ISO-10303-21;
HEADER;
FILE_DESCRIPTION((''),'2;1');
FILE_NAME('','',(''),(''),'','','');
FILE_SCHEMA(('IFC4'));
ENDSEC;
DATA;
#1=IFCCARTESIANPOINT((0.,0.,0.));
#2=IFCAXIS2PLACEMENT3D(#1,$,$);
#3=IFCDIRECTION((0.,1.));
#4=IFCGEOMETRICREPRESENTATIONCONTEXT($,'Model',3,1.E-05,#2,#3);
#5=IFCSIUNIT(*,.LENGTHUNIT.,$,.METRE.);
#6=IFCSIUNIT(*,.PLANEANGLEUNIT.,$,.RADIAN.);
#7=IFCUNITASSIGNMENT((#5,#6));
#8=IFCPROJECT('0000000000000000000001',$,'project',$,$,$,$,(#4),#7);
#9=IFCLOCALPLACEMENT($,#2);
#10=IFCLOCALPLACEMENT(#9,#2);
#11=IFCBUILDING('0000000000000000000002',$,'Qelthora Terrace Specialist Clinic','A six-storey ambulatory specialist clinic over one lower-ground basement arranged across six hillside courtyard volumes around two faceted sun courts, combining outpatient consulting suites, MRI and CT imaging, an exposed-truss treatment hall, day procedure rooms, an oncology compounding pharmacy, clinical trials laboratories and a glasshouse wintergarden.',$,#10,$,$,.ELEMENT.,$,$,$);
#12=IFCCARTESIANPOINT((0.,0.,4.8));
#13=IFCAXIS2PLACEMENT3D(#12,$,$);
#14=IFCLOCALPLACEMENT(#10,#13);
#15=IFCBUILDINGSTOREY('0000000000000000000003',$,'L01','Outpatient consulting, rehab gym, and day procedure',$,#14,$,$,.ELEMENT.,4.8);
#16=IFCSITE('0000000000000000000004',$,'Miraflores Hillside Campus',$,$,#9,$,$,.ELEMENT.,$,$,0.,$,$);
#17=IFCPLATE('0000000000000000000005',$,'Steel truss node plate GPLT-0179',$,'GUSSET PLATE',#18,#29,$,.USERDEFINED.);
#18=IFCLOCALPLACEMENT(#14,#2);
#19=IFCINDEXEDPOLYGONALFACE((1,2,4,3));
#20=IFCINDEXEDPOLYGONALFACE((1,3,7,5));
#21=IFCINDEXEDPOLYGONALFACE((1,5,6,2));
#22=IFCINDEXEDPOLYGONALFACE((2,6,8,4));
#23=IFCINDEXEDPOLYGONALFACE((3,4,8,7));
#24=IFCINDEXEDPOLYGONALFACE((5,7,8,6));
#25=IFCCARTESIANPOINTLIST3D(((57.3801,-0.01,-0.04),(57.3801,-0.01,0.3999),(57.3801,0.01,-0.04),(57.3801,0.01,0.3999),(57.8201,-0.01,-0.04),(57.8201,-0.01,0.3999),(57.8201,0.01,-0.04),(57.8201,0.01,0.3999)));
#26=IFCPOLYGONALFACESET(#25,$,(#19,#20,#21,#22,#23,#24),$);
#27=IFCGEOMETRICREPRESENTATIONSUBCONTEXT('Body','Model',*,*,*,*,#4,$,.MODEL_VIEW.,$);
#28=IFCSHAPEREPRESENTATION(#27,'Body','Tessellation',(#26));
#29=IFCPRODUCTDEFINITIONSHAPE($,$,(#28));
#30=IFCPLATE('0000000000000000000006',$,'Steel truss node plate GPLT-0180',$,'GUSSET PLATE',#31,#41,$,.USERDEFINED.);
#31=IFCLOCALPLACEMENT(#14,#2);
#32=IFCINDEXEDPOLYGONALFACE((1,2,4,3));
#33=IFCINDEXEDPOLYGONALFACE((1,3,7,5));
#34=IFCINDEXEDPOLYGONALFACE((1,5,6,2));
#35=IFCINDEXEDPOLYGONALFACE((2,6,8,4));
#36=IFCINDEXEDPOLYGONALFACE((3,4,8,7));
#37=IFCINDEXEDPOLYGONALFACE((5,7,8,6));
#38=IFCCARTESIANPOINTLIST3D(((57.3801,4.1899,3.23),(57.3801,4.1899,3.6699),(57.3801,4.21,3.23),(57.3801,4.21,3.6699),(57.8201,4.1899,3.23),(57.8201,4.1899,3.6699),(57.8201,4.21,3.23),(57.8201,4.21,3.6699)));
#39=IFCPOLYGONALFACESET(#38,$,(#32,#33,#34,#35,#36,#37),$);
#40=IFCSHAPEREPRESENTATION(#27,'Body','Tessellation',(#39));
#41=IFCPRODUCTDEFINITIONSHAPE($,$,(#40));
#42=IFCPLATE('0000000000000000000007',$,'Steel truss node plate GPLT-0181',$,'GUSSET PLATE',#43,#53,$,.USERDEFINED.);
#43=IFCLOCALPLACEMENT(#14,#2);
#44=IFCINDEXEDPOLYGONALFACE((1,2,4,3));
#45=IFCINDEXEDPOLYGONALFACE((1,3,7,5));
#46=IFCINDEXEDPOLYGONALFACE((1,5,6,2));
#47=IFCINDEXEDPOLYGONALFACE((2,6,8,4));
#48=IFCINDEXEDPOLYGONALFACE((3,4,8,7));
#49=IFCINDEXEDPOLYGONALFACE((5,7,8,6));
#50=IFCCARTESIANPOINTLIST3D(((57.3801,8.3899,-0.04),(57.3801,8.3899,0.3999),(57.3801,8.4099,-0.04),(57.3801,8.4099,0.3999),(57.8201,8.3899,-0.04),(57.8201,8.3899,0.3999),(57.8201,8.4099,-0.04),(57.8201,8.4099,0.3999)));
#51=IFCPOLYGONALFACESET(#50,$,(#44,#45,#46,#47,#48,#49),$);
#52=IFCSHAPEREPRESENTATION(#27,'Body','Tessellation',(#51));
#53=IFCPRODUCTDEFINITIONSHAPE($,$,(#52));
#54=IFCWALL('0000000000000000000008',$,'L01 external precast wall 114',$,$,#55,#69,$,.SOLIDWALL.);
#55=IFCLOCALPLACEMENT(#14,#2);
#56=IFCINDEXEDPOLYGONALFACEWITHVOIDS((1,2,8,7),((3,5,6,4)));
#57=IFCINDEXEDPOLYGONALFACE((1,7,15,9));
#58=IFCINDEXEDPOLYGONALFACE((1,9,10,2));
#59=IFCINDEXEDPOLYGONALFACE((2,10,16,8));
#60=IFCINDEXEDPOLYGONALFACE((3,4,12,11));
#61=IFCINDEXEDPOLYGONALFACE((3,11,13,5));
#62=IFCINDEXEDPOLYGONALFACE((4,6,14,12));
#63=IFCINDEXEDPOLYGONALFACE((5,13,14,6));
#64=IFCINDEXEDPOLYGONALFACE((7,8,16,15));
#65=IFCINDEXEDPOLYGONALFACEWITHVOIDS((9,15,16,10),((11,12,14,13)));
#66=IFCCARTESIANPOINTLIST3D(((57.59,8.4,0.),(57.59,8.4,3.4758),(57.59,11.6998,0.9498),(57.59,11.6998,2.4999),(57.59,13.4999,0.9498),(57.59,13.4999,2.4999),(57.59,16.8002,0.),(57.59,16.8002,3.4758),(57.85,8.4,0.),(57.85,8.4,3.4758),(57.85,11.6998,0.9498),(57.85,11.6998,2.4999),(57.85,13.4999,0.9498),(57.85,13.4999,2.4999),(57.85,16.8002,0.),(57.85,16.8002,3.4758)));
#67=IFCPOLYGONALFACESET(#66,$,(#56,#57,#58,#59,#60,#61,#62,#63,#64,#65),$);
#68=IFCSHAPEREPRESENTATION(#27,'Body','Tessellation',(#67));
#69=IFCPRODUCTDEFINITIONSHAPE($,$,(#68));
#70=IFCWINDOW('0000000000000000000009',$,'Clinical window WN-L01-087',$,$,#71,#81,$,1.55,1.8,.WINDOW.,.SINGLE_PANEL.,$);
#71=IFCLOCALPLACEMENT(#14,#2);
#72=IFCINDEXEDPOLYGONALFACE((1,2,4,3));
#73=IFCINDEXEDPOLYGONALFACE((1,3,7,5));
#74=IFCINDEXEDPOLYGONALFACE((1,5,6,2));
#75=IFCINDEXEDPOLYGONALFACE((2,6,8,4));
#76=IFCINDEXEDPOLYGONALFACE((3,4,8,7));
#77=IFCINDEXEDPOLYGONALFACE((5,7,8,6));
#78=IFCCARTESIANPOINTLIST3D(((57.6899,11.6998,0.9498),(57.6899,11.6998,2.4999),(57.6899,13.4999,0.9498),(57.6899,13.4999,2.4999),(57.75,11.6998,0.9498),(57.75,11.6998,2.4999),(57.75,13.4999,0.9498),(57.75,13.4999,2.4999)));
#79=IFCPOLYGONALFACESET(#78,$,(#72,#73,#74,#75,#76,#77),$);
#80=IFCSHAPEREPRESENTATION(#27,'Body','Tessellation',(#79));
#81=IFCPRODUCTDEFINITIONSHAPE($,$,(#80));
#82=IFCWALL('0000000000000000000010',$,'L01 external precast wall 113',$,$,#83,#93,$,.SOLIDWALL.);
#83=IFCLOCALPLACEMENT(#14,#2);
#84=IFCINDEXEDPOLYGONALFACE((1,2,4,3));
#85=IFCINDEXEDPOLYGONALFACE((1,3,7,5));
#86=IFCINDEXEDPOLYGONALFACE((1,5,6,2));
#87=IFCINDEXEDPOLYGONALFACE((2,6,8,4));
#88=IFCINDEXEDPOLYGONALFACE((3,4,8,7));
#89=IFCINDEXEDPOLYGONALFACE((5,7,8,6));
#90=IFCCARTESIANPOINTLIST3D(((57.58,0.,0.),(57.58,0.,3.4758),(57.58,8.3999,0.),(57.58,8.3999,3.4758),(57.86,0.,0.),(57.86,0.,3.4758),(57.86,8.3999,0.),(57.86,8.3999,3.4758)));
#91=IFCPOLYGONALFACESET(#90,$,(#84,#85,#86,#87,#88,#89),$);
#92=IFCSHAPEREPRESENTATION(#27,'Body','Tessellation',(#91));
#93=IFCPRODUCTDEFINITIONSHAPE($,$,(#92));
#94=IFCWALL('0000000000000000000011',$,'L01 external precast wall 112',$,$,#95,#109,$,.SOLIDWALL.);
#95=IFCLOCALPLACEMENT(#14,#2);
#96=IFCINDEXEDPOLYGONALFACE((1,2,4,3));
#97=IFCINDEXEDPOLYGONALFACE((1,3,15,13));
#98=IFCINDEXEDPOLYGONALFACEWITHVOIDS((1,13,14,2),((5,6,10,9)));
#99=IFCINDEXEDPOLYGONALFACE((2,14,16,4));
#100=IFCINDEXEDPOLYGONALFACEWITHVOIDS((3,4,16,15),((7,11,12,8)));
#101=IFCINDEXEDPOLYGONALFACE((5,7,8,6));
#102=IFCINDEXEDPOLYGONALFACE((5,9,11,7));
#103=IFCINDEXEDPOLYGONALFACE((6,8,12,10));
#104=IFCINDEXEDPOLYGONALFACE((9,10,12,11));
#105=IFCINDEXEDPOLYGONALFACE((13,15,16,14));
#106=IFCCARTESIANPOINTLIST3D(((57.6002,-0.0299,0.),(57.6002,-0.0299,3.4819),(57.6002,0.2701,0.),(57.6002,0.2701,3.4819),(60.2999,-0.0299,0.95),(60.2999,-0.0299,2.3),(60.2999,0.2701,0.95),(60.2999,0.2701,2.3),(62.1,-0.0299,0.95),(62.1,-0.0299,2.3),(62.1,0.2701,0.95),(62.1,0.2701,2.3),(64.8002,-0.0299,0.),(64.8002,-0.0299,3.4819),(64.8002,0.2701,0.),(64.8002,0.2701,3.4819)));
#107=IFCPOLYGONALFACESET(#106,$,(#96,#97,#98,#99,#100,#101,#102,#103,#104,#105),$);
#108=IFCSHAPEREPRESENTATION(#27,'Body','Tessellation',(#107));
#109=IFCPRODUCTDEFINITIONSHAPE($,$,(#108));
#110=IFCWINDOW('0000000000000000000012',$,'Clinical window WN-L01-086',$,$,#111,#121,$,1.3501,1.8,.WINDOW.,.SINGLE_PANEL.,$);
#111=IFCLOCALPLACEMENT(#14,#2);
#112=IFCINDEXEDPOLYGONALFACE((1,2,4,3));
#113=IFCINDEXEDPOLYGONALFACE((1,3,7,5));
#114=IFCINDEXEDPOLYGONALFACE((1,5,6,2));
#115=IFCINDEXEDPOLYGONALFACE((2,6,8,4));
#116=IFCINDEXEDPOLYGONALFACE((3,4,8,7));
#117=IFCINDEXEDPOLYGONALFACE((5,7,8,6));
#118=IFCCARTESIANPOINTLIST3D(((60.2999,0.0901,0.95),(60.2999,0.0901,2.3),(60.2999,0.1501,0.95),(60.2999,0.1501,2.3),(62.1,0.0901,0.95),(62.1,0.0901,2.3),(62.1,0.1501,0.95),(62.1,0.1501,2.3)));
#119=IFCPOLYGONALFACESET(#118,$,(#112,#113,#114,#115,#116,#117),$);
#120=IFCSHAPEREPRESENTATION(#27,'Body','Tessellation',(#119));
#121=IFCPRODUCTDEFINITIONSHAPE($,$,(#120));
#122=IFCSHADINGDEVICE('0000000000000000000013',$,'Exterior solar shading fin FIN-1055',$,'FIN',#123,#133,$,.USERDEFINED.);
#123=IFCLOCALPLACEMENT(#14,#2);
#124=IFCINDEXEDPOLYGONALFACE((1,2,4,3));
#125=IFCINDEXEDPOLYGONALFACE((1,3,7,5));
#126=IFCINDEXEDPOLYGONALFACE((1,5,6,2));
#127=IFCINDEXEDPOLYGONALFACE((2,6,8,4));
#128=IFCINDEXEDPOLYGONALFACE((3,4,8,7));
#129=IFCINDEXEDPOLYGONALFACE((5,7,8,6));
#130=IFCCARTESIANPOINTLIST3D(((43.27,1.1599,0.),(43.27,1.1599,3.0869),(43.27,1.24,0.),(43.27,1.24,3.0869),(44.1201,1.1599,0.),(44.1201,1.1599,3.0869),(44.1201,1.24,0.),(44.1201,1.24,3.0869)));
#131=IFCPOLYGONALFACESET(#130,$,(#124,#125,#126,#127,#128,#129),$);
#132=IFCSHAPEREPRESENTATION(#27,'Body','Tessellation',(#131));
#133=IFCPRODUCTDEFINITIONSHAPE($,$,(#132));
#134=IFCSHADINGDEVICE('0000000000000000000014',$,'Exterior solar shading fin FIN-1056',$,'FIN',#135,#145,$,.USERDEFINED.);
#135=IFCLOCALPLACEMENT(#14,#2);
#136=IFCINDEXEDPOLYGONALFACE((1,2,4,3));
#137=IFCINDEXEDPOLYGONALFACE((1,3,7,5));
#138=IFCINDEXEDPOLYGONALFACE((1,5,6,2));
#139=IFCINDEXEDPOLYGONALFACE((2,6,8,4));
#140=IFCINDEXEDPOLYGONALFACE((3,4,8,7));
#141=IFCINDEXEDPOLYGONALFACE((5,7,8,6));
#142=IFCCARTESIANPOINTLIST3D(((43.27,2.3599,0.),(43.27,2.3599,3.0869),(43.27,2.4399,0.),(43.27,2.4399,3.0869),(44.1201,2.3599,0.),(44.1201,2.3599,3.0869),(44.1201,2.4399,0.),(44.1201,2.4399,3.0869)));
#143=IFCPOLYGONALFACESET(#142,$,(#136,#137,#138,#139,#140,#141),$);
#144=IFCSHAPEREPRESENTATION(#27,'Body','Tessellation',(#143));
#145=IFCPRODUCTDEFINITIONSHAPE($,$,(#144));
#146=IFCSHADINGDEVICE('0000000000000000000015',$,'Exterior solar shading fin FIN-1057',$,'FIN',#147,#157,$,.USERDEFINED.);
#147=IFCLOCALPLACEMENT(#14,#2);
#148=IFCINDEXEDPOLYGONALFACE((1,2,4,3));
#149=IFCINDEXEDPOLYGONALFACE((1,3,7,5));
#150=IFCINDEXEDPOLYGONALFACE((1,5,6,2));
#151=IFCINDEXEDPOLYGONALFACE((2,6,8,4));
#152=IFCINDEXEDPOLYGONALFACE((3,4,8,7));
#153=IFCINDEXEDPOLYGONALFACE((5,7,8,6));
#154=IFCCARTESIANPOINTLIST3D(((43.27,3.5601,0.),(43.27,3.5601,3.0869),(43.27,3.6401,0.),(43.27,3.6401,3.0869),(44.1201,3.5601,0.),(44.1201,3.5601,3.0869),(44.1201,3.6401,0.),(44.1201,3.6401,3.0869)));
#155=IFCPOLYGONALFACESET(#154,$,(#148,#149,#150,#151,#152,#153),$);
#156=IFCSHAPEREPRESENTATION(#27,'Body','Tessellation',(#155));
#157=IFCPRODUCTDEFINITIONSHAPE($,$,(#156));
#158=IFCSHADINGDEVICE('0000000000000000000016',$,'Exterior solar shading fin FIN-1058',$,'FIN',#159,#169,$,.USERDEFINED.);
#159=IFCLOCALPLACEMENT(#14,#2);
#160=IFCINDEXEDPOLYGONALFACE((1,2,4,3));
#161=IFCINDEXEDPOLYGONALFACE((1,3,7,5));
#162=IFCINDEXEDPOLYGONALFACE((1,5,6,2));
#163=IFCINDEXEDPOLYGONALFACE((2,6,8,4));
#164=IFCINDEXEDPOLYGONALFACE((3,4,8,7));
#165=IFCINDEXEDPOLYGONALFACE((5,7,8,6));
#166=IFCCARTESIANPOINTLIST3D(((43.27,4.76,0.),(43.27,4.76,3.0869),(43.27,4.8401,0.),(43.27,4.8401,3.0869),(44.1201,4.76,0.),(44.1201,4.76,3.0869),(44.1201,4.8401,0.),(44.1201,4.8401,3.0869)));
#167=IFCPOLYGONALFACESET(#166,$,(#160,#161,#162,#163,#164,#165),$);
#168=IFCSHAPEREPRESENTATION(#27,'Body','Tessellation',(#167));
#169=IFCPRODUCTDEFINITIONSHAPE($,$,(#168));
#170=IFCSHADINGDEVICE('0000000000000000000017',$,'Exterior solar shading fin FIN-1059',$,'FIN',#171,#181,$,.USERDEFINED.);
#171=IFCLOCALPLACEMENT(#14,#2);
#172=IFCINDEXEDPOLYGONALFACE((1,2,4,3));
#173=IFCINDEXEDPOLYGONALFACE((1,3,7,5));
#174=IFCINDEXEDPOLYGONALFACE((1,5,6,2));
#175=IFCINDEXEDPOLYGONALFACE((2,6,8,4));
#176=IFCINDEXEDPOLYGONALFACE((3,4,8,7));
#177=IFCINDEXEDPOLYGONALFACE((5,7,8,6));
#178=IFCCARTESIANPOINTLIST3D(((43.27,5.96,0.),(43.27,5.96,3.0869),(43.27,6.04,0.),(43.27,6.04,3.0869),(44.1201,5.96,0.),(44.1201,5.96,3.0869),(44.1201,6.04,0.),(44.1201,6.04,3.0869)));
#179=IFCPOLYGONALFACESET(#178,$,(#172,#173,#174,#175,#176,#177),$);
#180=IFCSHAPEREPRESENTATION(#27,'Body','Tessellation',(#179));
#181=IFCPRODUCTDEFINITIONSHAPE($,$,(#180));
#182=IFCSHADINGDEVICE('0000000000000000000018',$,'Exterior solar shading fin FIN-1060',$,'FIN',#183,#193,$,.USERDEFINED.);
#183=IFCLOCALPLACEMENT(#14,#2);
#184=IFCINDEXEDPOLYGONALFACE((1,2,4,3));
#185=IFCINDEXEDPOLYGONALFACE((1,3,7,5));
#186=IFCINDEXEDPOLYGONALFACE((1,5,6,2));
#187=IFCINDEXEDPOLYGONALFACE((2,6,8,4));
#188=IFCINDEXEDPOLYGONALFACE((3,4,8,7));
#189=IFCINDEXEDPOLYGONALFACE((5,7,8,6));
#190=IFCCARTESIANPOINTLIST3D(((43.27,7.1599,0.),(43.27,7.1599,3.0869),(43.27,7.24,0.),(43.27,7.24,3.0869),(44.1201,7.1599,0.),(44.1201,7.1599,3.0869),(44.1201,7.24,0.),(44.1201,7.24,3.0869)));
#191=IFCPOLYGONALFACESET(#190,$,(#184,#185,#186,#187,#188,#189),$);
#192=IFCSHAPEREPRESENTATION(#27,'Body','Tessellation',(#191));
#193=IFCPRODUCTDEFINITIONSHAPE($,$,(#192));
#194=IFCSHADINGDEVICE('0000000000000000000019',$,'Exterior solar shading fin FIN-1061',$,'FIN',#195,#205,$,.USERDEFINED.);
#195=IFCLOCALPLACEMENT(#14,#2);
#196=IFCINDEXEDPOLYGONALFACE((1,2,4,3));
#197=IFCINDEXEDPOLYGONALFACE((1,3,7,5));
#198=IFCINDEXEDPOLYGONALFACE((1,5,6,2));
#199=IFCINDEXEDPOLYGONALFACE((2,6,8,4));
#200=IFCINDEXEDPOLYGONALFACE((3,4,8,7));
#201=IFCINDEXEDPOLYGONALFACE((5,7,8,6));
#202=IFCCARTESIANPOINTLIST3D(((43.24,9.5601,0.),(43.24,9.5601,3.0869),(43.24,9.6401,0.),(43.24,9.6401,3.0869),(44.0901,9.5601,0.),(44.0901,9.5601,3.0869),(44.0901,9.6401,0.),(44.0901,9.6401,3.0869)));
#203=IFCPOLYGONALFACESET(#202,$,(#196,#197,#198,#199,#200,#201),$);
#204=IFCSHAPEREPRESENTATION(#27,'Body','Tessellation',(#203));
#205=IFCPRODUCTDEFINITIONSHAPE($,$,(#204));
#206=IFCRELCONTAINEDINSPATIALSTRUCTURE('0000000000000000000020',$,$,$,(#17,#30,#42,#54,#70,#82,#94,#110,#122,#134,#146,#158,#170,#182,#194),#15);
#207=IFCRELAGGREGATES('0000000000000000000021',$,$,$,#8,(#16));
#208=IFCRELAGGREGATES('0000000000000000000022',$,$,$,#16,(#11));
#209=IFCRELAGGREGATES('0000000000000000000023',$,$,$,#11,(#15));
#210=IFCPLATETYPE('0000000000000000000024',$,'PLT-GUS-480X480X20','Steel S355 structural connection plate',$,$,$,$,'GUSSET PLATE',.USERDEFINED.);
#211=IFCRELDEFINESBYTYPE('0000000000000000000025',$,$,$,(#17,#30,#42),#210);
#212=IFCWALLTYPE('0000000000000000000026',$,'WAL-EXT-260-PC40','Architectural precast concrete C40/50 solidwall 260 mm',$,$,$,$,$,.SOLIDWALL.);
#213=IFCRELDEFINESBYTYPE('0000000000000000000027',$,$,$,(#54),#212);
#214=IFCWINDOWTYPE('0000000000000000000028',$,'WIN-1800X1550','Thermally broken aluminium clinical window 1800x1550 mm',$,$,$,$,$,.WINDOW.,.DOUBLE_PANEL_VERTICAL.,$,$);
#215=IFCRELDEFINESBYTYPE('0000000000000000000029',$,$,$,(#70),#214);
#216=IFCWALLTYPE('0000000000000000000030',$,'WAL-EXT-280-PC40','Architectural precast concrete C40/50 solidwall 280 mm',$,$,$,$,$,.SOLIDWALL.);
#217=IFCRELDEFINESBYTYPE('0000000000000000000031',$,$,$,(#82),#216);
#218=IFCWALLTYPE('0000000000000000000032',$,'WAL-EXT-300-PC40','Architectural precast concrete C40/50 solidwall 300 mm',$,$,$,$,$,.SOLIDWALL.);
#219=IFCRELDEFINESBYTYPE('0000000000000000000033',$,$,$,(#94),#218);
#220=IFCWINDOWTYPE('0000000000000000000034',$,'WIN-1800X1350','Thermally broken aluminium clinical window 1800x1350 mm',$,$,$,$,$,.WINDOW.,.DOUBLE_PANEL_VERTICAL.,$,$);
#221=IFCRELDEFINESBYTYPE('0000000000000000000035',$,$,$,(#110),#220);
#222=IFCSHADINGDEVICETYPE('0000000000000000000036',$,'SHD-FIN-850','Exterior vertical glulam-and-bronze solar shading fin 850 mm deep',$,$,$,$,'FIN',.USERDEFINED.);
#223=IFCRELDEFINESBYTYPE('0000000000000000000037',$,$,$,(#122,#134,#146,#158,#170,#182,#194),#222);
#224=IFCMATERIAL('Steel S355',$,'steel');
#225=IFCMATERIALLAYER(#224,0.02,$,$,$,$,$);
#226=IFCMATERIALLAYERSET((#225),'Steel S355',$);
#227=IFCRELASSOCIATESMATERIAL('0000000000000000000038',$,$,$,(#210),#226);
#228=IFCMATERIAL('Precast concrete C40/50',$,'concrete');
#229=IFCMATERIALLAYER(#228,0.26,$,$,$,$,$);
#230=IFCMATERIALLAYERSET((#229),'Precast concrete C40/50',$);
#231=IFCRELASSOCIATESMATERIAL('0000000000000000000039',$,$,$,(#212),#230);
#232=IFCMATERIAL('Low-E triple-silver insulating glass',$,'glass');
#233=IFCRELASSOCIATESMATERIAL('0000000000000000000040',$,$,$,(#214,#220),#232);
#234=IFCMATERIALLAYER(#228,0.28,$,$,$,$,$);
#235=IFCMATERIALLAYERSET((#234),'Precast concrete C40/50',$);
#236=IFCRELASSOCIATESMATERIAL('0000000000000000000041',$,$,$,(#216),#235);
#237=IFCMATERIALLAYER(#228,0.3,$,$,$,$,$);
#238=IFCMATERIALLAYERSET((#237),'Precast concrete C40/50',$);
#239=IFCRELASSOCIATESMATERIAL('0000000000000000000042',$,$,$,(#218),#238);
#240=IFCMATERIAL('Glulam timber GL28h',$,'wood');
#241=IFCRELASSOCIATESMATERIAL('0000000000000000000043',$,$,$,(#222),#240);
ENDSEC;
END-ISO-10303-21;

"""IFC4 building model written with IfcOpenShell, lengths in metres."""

from ifc_helpers import new_model, si_unit, direction, frame, frame_2d, origin, origin_2d, place, context, subcontext, project, spatial, rectangle, extrude, material, layer, layer_set, type_object, element, fill, save


model = new_model("IFC4")

# Units and contexts
model_context = context("Model", 3, precision=1e-05, world=origin(), true_north=direction((0.0, 1.0)))
body_context = subcontext(model_context, "Body", "Model", "MODEL_VIEW")
ifc_project = project(units=[si_unit("LENGTHUNIT", "METRE"), si_unit("PLANEANGLEUNIT", "RADIAN")], contexts=[model_context])

# Site, building, storey
site_placement = place(None, origin())
site = spatial("IfcSite", under=ifc_project, at=site_placement, Name="Miraflores Hillside Campus", CompositionType="ELEMENT", RefElevation=0.0)
building_placement = place(site_placement, origin())
building = spatial("IfcBuilding", under=site, at=building_placement, Name="Qelthora Terrace Specialist Clinic", Description="A six-storey ambulatory specialist clinic over one lower-ground basement arranged across six hillside courtyard volumes around two faceted sun courts, combining outpatient consulting suites, MRI and CT imaging, an exposed-truss treatment hall, day procedure rooms, an oncology compounding pharmacy, clinical trials laboratories and a glasshouse wintergarden.", CompositionType="ELEMENT")
storey_placement = place(building_placement, frame((0.0, 0.0, 4.8)))
storey = spatial("IfcBuildingStorey", under=building, at=storey_placement, Name="L01", Description="Outpatient consulting, rehab gym, and day procedure", CompositionType="ELEMENT", Elevation=4.8)

# Shared definitions
ifc_material_1 = material(Name="Steel S355", Category="steel")

# Plates
ifc_layer_1 = layer(ifc_material_1, 0.02)
ifc_layer_set_1 = layer_set([ifc_layer_1], Name="Steel S355")
plate_type = type_object("IfcPlateType", Name="PLT-GUS-480X480X20", Description="Steel S355 structural connection plate", ElementType="GUSSET PLATE", PredefinedType="USERDEFINED", material=ifc_layer_set_1)
for number, where, z_axis, x_axis, name in (
    (1, (57.6001, 0.0, -0.04), (0.0, 0.0, 1.0), (1.0, 0.0, 0.0), "Steel truss node plate GPLT-0179"),
    (2, (57.6001, 4.2, 3.23), (0.0, 0.0, 1.0), (1.0, 0.0, 0.0), "Steel truss node plate GPLT-0180"),
    (3, (57.6001, 8.3999, -0.04), (0.0, 0.0, 1.0), (1.0, 0.0, 0.0), "Steel truss node plate GPLT-0181"),
):
    element("IfcPlate", number, at=place(storey_placement, frame(where, z_axis=z_axis, x_axis=x_axis)), inside=storey, type_object=plate_type, Name=name, ObjectType="GUSSET PLATE", PredefinedType="USERDEFINED", context=body_context, shape_type="SweptSolid", body=[
        extrude(rectangle(XDim=0.4399, YDim=0.02, at=origin_2d()), origin(), (0.0, 0.0, 1.0), 0.4399),
    ])

# Wall, opening, window
ifc_material_2 = material(Name="Precast concrete C40/50", Category="concrete")
ifc_layer_2 = layer(ifc_material_2, 0.26)
ifc_layer_set_2 = layer_set([ifc_layer_2], Name="Precast concrete C40/50")
wall_type_1 = type_object("IfcWallType", Name="WAL-EXT-260-PC40", Description="Architectural precast concrete C40/50 solidwall 260 mm", PredefinedType="SOLIDWALL", material=ifc_layer_set_2)
wall_1_placement = place(storey_placement, frame((57.72, 8.3999, 0.0), z_axis=(0.0, 0.0, 1.0), x_axis=(0.0, 1.0, 0.0)))
wall_1 = element("IfcWall", 4, at=wall_1_placement, inside=storey, type_object=wall_type_1, Name="L01 external precast wall 114", PredefinedType="SOLIDWALL", context=body_context, shape_type="SweptSolid", body=[
    extrude(rectangle(XDim=8.4001, YDim=0.26, at=frame_2d((4.2002, 0.0))), origin(), (0.0, 0.0, 1.0), 3.4758),
])
opening_1_placement = place(wall_1_placement, frame((3.3, 0.0, 0.95)))
opening_1 = element("IfcOpeningElement", 5, at=opening_1_placement, cuts=wall_1, PredefinedType="OPENING", context=body_context, shape_type="SweptSolid", body=[
    extrude(rectangle(XDim=1.8, YDim=1.55, at=frame_2d((0.8999, 0.7749))), frame((0.0, 0.1399, 0.0), z_axis=(0.0, -1.0, 0.0), x_axis=(1.0, 0.0, 0.0)), (0.0, 0.0, 1.0), 0.28),
])
ifc_material_3 = material(Name="Low-E triple-silver insulating glass", Category="glass")
window_type_1 = type_object("IfcWindowType", Name="WIN-1800X1550", Description="Thermally broken aluminium clinical window 1800x1550 mm", PartitioningType="DOUBLE_PANEL_VERTICAL", PredefinedType="WINDOW", material=ifc_material_3)
window_1_placement = place(opening_1_placement, origin())
window_1 = element("IfcWindow", 6, at=window_1_placement, inside=storey, type_object=window_type_1, Name="Clinical window WN-L01-087", OverallHeight=1.55, OverallWidth=1.8, PartitioningType="SINGLE_PANEL", PredefinedType="WINDOW", context=body_context, shape_type="SweptSolid", body=[
    extrude(rectangle(XDim=1.8, YDim=1.55, at=frame_2d((0.8999, 0.7749))), frame((0.0, 0.03, 0.0), z_axis=(0.0, -1.0, 0.0), x_axis=(1.0, 0.0, 0.0)), (0.0, 0.0, 1.0), 0.0601),
])
fill(opening_1, window_1)

# Wall
ifc_layer_3 = layer(ifc_material_2, 0.28)
ifc_layer_set_3 = layer_set([ifc_layer_3], Name="Precast concrete C40/50")
wall_type_2 = type_object("IfcWallType", Name="WAL-EXT-280-PC40", Description="Architectural precast concrete C40/50 solidwall 280 mm", PredefinedType="SOLIDWALL", material=ifc_layer_set_3)
wall_2_placement = place(storey_placement, frame((57.72, 0.0, 0.0), z_axis=(0.0, 0.0, 1.0), x_axis=(0.0, 1.0, 0.0)))
element("IfcWall", 7, at=wall_2_placement, inside=storey, type_object=wall_type_2, Name="L01 external precast wall 113", PredefinedType="SOLIDWALL", context=body_context, shape_type="SweptSolid", body=[
    extrude(rectangle(XDim=8.3999, YDim=0.28, at=frame_2d((4.2, 0.0))), origin(), (0.0, 0.0, 1.0), 3.4758),
])

# Wall, opening, window
ifc_layer_4 = layer(ifc_material_2, 0.3)
ifc_layer_set_4 = layer_set([ifc_layer_4], Name="Precast concrete C40/50")
wall_type_3 = type_object("IfcWallType", Name="WAL-EXT-300-PC40", Description="Architectural precast concrete C40/50 solidwall 300 mm", PredefinedType="SOLIDWALL", material=ifc_layer_set_4)
wall_3_placement = place(storey_placement, frame((57.6001, 0.1201, 0.0), z_axis=(0.0, 0.0, 1.0), x_axis=(1.0, 0.0, 0.0)))
wall_3 = element("IfcWall", 8, at=wall_3_placement, inside=storey, type_object=wall_type_3, Name="L01 external precast wall 112", PredefinedType="SOLIDWALL", context=body_context, shape_type="SweptSolid", body=[
    extrude(rectangle(XDim=7.2, YDim=0.3, at=frame_2d((3.6001, 0.0))), origin(), (0.0, 0.0, 1.0), 3.4819),
])
opening_2_placement = place(wall_3_placement, frame((2.7, 0.0, 0.95)))
opening_2 = element("IfcOpeningElement", 9, at=opening_2_placement, cuts=wall_3, PredefinedType="OPENING", context=body_context, shape_type="SweptSolid", body=[
    extrude(rectangle(XDim=1.8, YDim=1.3501, at=frame_2d((0.8999, 0.675))), frame((0.0, 0.1599, 0.0), z_axis=(0.0, -1.0, 0.0), x_axis=(1.0, 0.0, 0.0)), (0.0, 0.0, 1.0), 0.3201),
])
window_type_2 = type_object("IfcWindowType", Name="WIN-1800X1350", Description="Thermally broken aluminium clinical window 1800x1350 mm", PartitioningType="DOUBLE_PANEL_VERTICAL", PredefinedType="WINDOW", material=ifc_material_3)
window_2_placement = place(opening_2_placement, origin())
window_2 = element("IfcWindow", 10, at=window_2_placement, inside=storey, type_object=window_type_2, Name="Clinical window WN-L01-086", OverallHeight=1.3501, OverallWidth=1.8, PartitioningType="SINGLE_PANEL", PredefinedType="WINDOW", context=body_context, shape_type="SweptSolid", body=[
    extrude(rectangle(XDim=1.8, YDim=1.3501, at=frame_2d((0.8999, 0.675))), frame((0.0, 0.03, 0.0), z_axis=(0.0, -1.0, 0.0), x_axis=(1.0, 0.0, 0.0)), (0.0, 0.0, 1.0), 0.0601),
])
fill(opening_2, window_2)

# Shading devices
ifc_material_4 = material(Name="Glulam timber GL28h", Category="wood")
shading_device_type = type_object("IfcShadingDeviceType", Name="SHD-FIN-850", Description="Exterior vertical glulam-and-bronze solar shading fin 850 mm deep", ElementType="FIN", PredefinedType="USERDEFINED", material=ifc_material_4)
for number, where, z_axis, x_axis, name in (
    (11, (43.6951, 1.2, 0.0), (0.0, 0.0, 1.0), (1.0, 0.0, 0.0), "Exterior solar shading fin FIN-1055"),
    (12, (43.6951, 2.3999, 0.0), (0.0, 0.0, 1.0), (1.0, 0.0, 0.0), "Exterior solar shading fin FIN-1056"),
    (13, (43.6951, 3.6001, 0.0), (0.0, 0.0, 1.0), (1.0, 0.0, 0.0), "Exterior solar shading fin FIN-1057"),
    (14, (43.6951, 4.8, 0.0), (0.0, 0.0, 1.0), (1.0, 0.0, 0.0), "Exterior solar shading fin FIN-1058"),
    (15, (43.6951, 6.0, 0.0), (0.0, 0.0, 1.0), (1.0, 0.0, 0.0), "Exterior solar shading fin FIN-1059"),
    (16, (43.6951, 7.2, 0.0), (0.0, 0.0, 1.0), (1.0, 0.0, 0.0), "Exterior solar shading fin FIN-1060"),
    (17, (43.665, 9.6001, 0.0), (0.0, 0.0, 1.0), (1.0, 0.0, 0.0), "Exterior solar shading fin FIN-1061"),
):
    element("IfcShadingDevice", number, at=place(storey_placement, frame(where, z_axis=z_axis, x_axis=x_axis)), inside=storey, type_object=shading_device_type, Name=name, ObjectType="FIN", PredefinedType="USERDEFINED", context=body_context, shape_type="SweptSolid", body=[
        extrude(rectangle(XDim=0.8501, YDim=0.0801, at=origin_2d()), origin(), (0.0, 0.0, 1.0), 3.0869),
    ])

save(model, "model.ifc")
